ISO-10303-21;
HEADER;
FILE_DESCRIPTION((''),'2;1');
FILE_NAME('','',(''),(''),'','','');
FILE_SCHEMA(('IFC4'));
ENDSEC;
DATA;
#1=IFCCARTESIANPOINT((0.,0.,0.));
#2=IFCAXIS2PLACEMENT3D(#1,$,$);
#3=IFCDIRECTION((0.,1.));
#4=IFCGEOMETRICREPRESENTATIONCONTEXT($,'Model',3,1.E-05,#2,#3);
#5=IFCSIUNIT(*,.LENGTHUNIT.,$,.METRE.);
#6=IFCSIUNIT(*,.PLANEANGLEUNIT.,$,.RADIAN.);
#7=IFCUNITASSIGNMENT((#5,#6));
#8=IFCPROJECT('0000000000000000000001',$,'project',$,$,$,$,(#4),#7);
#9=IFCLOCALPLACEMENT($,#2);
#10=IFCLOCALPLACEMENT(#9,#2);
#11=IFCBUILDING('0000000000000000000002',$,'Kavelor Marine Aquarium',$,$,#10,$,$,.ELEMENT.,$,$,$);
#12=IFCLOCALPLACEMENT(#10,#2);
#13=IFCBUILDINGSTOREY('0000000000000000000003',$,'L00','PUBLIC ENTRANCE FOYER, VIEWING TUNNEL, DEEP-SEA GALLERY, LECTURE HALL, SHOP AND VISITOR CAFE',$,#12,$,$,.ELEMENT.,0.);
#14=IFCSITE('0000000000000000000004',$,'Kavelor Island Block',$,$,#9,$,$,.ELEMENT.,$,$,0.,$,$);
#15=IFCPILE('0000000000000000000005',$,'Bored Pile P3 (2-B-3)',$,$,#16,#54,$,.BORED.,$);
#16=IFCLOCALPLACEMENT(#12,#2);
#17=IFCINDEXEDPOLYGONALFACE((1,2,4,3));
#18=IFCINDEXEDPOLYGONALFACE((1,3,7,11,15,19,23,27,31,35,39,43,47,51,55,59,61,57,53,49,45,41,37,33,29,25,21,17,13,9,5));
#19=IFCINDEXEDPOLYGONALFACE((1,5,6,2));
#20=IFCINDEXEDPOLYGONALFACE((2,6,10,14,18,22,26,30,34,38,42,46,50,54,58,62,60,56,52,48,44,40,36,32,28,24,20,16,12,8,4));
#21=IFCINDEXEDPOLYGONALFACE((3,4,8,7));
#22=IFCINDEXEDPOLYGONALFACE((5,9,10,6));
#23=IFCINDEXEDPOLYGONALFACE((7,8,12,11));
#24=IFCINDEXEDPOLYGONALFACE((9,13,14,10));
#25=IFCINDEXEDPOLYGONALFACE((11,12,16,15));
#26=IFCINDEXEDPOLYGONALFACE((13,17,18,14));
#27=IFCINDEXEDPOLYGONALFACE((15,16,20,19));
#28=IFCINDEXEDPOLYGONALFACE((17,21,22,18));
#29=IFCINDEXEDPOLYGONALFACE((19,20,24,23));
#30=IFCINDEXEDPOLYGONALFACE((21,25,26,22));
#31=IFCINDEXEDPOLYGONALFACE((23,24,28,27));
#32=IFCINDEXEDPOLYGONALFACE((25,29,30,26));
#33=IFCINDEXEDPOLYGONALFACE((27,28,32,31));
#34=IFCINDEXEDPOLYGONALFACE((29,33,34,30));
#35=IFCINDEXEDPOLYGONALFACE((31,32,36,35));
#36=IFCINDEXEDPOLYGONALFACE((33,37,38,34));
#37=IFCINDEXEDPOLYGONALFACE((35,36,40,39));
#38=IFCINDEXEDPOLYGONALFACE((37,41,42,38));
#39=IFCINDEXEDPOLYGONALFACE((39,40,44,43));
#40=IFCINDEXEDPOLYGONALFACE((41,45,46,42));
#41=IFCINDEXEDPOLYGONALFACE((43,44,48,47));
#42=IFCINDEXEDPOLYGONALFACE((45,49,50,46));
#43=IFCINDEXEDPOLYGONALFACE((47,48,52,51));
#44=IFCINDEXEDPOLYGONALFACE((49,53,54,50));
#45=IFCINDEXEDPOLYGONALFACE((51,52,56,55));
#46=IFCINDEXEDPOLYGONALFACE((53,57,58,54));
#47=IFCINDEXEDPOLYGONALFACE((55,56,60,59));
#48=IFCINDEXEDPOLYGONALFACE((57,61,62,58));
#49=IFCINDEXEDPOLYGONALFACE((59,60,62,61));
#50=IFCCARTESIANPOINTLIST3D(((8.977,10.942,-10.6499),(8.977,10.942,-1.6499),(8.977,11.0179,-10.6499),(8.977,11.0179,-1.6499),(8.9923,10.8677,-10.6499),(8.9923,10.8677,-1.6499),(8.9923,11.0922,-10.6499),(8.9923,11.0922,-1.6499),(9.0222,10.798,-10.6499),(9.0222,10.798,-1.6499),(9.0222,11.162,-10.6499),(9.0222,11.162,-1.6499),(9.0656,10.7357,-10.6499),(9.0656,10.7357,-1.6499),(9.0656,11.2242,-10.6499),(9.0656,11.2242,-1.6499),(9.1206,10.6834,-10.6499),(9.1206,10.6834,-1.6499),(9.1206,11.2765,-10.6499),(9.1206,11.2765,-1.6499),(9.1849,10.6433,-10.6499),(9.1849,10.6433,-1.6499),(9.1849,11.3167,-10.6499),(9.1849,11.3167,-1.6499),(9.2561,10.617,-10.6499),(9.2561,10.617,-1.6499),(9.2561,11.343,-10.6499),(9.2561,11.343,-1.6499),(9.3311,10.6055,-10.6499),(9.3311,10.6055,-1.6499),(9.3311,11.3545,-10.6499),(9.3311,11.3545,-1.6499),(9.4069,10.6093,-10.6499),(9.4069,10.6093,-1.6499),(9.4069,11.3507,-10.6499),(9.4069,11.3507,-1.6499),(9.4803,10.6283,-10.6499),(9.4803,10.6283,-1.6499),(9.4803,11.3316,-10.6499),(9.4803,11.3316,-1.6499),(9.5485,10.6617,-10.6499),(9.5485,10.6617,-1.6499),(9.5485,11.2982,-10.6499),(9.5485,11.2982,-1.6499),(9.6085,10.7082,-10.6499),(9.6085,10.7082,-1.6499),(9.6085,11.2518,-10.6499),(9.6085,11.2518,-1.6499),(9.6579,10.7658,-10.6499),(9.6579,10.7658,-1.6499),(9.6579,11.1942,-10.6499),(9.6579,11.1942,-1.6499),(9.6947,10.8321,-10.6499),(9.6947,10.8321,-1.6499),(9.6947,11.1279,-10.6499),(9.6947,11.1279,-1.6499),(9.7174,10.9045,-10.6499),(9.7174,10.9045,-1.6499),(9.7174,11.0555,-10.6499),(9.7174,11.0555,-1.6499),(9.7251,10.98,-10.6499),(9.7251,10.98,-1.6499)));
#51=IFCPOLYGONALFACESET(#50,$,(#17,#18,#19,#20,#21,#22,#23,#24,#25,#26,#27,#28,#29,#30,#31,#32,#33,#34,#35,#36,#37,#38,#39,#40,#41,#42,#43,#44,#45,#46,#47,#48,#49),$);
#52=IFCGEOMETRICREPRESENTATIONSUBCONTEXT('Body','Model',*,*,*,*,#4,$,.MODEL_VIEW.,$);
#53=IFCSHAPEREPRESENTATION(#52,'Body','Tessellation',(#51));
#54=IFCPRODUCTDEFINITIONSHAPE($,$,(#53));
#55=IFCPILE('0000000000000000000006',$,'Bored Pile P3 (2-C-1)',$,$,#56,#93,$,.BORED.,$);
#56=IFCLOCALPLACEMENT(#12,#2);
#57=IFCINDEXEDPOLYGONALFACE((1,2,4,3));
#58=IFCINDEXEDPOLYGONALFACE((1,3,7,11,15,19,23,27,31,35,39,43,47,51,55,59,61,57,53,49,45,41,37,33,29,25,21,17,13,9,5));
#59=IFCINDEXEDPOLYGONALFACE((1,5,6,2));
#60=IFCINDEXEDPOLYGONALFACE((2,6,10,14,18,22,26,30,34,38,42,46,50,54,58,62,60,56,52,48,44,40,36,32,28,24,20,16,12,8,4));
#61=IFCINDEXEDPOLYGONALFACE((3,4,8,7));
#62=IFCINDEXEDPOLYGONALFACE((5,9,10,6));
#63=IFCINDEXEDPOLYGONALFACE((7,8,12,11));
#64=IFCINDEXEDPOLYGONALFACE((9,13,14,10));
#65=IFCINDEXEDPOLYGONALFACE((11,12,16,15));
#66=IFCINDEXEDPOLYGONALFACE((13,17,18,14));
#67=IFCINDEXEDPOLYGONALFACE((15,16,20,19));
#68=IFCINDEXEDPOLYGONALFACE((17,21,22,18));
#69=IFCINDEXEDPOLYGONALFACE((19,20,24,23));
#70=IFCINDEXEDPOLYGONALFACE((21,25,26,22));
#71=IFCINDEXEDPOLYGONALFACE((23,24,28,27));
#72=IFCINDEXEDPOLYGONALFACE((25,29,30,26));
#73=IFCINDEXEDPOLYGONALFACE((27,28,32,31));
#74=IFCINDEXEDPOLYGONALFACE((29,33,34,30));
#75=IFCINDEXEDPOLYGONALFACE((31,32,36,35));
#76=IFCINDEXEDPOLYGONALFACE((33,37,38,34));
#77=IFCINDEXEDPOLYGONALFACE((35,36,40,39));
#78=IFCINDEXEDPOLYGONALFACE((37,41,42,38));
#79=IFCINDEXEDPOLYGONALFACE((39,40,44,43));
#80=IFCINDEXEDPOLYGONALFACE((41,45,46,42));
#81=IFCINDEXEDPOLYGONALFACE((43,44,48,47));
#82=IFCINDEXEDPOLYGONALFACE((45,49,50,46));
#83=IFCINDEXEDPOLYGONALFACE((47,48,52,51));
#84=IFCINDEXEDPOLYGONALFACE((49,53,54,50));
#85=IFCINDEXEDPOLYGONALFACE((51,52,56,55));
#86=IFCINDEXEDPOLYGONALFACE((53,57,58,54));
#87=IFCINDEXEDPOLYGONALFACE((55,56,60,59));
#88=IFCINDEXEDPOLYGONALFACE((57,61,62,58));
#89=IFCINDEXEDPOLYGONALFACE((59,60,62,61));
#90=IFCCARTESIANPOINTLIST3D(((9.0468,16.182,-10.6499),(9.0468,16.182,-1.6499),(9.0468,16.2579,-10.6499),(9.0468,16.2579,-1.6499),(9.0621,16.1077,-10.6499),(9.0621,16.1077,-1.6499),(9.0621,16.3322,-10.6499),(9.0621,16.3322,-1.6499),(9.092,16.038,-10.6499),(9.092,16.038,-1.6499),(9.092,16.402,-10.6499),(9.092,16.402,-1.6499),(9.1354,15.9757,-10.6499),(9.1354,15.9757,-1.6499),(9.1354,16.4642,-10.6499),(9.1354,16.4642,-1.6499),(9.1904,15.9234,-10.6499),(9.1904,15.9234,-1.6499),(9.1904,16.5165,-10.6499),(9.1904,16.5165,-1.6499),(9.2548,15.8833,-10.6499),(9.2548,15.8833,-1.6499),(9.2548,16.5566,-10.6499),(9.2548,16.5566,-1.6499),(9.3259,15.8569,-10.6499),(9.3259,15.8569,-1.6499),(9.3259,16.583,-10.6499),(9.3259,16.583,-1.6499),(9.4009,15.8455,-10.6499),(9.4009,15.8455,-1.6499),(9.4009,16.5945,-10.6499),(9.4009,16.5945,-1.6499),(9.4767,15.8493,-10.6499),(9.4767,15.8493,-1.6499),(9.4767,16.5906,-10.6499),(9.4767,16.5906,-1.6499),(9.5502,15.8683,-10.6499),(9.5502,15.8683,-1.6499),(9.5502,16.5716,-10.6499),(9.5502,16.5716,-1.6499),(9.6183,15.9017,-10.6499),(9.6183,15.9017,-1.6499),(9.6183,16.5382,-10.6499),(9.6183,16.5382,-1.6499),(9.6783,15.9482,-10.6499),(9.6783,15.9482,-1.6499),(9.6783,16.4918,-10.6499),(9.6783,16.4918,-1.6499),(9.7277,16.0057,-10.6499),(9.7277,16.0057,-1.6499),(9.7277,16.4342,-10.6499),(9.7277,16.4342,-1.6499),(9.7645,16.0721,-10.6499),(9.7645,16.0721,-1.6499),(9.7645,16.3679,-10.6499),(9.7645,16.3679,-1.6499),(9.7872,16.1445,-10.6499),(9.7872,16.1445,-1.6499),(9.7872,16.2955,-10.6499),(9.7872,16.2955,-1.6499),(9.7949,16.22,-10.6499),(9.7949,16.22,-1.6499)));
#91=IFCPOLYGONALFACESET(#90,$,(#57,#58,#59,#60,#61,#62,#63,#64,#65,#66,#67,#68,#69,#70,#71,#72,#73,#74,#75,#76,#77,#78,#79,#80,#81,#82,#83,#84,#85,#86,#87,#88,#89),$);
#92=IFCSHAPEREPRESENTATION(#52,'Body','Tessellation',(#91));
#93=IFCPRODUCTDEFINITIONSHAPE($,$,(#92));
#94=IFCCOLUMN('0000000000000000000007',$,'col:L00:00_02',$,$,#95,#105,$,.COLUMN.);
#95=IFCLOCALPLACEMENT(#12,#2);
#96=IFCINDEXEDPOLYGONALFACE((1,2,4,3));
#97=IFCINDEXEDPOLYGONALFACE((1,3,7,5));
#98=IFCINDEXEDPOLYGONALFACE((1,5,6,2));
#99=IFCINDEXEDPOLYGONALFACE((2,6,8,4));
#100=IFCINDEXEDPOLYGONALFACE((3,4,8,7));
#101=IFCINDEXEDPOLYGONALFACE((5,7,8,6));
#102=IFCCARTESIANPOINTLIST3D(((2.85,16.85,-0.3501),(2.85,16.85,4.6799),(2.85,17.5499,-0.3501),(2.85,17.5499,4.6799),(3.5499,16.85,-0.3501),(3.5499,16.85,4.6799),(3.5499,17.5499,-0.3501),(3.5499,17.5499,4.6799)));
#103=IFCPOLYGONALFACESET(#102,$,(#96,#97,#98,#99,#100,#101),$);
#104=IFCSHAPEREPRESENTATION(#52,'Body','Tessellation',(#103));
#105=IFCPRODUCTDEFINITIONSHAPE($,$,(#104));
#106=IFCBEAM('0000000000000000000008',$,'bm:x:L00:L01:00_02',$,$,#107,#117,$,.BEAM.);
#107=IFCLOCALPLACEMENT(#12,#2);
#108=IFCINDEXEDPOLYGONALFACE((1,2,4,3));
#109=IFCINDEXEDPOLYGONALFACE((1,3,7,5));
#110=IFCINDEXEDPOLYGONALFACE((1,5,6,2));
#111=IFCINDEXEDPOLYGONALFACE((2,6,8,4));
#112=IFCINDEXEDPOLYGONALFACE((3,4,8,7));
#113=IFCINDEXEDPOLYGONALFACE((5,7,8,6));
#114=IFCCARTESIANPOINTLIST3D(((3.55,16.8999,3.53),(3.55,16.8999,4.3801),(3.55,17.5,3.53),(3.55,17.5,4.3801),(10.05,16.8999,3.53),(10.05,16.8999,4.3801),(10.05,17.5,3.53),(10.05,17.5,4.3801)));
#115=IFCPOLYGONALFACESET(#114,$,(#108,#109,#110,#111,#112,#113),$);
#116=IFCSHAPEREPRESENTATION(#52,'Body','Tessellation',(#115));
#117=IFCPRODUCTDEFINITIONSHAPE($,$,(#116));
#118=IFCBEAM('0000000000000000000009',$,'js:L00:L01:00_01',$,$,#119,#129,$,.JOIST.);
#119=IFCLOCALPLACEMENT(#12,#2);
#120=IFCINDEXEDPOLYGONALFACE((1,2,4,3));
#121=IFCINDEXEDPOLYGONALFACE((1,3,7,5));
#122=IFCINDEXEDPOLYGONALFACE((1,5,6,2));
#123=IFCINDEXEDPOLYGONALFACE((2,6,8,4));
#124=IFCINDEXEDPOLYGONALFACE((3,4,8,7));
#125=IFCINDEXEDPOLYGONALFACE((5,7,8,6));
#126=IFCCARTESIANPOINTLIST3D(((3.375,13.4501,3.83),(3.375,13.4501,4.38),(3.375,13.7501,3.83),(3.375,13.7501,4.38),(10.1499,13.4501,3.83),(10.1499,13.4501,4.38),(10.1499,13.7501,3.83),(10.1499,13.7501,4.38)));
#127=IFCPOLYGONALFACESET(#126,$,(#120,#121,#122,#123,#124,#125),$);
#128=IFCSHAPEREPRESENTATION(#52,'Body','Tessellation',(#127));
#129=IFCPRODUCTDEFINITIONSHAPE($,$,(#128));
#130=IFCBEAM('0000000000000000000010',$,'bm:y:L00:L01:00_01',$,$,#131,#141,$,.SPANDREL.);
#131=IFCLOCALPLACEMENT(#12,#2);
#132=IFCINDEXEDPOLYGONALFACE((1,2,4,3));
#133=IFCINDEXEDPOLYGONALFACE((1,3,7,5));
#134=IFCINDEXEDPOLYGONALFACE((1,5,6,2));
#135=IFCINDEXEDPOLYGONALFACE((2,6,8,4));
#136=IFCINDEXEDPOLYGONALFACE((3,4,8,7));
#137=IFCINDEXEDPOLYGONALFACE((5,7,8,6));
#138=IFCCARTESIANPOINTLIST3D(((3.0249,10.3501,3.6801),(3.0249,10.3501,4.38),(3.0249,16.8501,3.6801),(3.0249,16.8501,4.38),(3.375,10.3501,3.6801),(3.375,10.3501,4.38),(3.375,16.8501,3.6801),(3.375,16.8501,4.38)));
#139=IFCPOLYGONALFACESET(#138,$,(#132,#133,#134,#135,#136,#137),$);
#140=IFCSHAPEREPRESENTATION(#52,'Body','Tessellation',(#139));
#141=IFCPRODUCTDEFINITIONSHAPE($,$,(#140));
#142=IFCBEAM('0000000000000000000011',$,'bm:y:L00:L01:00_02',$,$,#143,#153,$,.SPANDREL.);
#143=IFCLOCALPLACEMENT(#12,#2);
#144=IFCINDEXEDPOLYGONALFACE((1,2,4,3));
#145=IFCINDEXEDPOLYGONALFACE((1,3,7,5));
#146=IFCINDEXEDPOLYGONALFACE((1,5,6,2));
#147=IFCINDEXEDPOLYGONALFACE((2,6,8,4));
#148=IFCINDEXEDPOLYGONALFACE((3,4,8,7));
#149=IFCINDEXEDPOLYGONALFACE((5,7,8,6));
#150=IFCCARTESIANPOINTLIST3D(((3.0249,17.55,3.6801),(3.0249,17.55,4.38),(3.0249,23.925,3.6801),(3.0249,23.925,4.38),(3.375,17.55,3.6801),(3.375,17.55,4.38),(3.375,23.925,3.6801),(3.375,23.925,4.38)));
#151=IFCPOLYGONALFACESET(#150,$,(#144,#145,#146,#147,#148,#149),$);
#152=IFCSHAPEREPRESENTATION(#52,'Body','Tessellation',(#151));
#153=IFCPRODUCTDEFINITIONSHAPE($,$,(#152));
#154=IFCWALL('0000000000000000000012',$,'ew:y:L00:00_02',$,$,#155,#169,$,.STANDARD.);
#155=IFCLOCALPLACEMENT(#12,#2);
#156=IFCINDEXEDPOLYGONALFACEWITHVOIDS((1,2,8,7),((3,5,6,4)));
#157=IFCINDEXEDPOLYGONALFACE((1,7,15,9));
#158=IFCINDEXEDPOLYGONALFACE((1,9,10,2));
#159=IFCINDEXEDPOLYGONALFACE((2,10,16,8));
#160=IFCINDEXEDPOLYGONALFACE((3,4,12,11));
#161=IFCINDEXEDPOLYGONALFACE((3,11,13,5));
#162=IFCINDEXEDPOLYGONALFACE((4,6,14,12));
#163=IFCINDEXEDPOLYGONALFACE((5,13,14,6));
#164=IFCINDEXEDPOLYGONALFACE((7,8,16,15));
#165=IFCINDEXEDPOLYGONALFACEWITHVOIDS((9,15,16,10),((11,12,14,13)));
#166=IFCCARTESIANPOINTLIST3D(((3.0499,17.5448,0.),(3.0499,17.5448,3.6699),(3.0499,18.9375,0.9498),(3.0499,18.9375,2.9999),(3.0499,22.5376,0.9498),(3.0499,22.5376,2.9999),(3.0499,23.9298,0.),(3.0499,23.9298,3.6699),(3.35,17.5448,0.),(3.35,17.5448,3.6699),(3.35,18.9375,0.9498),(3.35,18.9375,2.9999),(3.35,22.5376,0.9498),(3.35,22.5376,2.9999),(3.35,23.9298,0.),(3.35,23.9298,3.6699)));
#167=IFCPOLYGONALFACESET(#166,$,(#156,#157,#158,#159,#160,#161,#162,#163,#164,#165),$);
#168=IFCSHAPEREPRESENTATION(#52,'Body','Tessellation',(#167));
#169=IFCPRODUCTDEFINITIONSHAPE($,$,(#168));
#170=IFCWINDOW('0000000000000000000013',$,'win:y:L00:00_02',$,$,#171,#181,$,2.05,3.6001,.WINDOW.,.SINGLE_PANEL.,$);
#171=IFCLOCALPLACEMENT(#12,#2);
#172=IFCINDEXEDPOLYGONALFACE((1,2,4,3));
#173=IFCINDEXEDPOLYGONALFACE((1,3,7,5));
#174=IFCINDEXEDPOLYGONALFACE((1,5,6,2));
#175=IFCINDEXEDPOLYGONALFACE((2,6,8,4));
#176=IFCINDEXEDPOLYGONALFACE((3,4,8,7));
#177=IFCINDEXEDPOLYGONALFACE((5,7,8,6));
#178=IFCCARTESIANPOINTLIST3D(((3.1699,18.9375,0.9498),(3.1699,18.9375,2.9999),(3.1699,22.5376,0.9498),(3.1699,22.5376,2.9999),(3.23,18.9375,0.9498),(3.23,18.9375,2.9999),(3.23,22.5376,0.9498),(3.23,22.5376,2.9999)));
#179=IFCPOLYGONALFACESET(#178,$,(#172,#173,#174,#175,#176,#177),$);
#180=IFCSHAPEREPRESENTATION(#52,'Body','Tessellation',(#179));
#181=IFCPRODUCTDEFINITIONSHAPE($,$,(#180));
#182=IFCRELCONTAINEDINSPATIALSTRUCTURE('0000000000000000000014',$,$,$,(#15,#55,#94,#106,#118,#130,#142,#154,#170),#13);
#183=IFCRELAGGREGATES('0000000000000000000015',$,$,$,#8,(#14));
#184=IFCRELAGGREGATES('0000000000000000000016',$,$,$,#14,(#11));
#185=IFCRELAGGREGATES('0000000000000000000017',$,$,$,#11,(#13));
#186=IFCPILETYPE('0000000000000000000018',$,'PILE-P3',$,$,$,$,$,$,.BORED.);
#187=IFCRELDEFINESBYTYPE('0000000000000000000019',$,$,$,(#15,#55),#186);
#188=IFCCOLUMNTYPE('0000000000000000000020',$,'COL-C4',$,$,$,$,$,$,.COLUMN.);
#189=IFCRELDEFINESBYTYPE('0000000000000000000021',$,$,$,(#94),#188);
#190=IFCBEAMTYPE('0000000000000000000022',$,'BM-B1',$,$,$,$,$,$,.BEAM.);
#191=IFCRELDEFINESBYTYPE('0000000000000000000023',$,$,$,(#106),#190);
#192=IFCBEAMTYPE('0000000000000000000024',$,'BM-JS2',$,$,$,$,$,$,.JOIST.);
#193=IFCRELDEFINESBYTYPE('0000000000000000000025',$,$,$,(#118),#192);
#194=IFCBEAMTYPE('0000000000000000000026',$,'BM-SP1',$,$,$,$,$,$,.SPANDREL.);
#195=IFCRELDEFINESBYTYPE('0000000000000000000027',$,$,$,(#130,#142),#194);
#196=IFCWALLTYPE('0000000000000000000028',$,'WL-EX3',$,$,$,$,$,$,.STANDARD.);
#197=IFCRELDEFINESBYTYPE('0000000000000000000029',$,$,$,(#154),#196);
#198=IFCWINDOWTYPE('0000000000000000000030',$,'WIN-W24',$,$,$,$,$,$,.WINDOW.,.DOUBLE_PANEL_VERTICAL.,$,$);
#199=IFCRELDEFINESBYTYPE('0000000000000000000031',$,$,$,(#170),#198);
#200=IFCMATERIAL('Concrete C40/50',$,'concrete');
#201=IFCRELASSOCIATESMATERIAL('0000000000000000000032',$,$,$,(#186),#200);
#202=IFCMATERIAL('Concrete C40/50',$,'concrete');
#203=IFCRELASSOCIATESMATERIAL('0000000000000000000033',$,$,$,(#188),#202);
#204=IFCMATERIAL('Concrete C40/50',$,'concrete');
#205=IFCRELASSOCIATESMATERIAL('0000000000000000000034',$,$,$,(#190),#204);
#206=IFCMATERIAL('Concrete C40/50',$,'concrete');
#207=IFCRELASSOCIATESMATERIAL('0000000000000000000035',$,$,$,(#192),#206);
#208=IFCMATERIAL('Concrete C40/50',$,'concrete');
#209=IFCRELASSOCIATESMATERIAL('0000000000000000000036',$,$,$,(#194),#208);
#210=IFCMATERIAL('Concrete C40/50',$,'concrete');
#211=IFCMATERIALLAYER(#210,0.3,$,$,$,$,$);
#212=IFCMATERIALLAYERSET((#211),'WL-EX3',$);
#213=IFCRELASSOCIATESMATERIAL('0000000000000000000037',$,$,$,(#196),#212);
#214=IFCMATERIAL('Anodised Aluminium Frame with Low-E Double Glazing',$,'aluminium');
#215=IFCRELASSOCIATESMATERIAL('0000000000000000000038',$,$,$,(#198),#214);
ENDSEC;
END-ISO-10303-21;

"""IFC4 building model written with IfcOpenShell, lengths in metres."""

from ifc_helpers import new_model, si_unit, direction, frame, frame_2d, origin, origin_2d, place, context, subcontext, project, spatial, rectangle, circle, extrude, material, layer, layer_set, material_profile, profile_set, type_object, element, fill, save


model = new_model("IFC4")

# Units and contexts
model_context = context("Model", 3, precision=1e-05, world=origin(), true_north=direction((0.0, 1.0)))
body_context = subcontext(model_context, "Body", "Model", "MODEL_VIEW")
ifc_project = project(units=[si_unit("LENGTHUNIT", "METRE"), si_unit("PLANEANGLEUNIT", "RADIAN")], contexts=[model_context])

# Site, building, storey
site_placement = place(None, origin())
site = spatial("IfcSite", under=ifc_project, at=site_placement, Name="Kavelor Island Block", CompositionType="ELEMENT", RefElevation=0.0)
building_placement = place(site_placement, origin())
building = spatial("IfcBuilding", under=site, at=building_placement, Name="Kavelor Marine Aquarium", CompositionType="ELEMENT")
storey_placement = place(building_placement, origin())
storey = spatial("IfcBuildingStorey", under=building, at=storey_placement, Name="L00", Description="PUBLIC ENTRANCE FOYER, VIEWING TUNNEL, DEEP-SEA GALLERY, LECTURE HALL, SHOP AND VISITOR CAFE", CompositionType="ELEMENT", Elevation=0.0)

# Piles
ifc_material_1 = material(Name="Concrete C40/50", Category="concrete")
ifc_material_profile_1 = material_profile(ifc_material_1, circle(Radius=0.375, at=origin_2d()), Name="PILE D750")
ifc_profile_set_1 = profile_set([ifc_material_profile_1], Name="Concrete C40/50")
pile_type = type_object("IfcPileType", Name="PILE-P3", PredefinedType="BORED", material=ifc_profile_set_1)
for number, where, z_axis, x_axis, name in (
    (1, (9.3501, 10.98, -1.6499), (0.0, 0.0, -1.0), (1.0, 0.0, 0.0), "Bored Pile P3 (2-B-3)"),
    (2, (9.4199, 16.22, -1.6499), (0.0, 0.0, -1.0), (1.0, 0.0, 0.0), "Bored Pile P3 (2-C-1)"),
):
    element("IfcPile", number, at=place(storey_placement, frame(where, z_axis=z_axis, x_axis=x_axis)), inside=storey, type_object=pile_type, Name=name, PredefinedType="BORED", context=body_context, shape_type="SweptSolid", body=[
        extrude(circle(Radius=0.375, at=origin_2d()), origin(), (0.0, 0.0, 1.0), 9.0),
    ])

# Column
ifc_material_2 = material(Name="Concrete C40/50", Category="concrete")
ifc_material_profile_2 = material_profile(ifc_material_2, rectangle(XDim=0.7, YDim=0.7, at=origin_2d()), Name="RC-COL 700x700")
ifc_profile_set_2 = profile_set([ifc_material_profile_2], Name="Concrete C40/50")
column_type = type_object("IfcColumnType", Name="COL-C4", PredefinedType="COLUMN", material=ifc_profile_set_2)
column_placement = place(storey_placement, frame((3.2, 17.2, -0.3501), z_axis=(0.0, 0.0, 1.0), x_axis=(1.0, 0.0, 0.0)))
element("IfcColumn", 3, at=column_placement, inside=storey, type_object=column_type, Name="col:L00:00_02", PredefinedType="COLUMN", context=body_context, shape_type="SweptSolid", body=[
    extrude(rectangle(XDim=0.7, YDim=0.7, at=origin_2d()), origin(), (0.0, 0.0, 1.0), 5.03),
])

# Beams
ifc_material_3 = material(Name="Concrete C40/50", Category="concrete")
ifc_material_profile_3 = material_profile(ifc_material_3, rectangle(XDim=0.6001, YDim=0.8501, at=origin_2d()), Name="RC-BM 600x850")
ifc_profile_set_3 = profile_set([ifc_material_profile_3], Name="Concrete C40/50")
beam_type_1 = type_object("IfcBeamType", Name="BM-B1", PredefinedType="BEAM", material=ifc_profile_set_3)
beam_1_placement = place(storey_placement, frame((3.55, 17.2, 3.9551), z_axis=(1.0, 0.0, 0.0), x_axis=(0.0, 1.0, 0.0)))
element("IfcBeam", 4, at=beam_1_placement, inside=storey, type_object=beam_type_1, Name="bm:x:L00:L01:00_02", PredefinedType="BEAM", context=body_context, shape_type="SweptSolid", body=[
    extrude(rectangle(XDim=0.6001, YDim=0.8501, at=origin_2d()), origin(), (0.0, 0.0, 1.0), 6.5),
])
ifc_material_4 = material(Name="Concrete C40/50", Category="concrete")
ifc_material_profile_4 = material_profile(ifc_material_4, rectangle(XDim=0.3, YDim=0.55, at=origin_2d()), Name="RC-JS 300x550")
ifc_profile_set_4 = profile_set([ifc_material_profile_4], Name="Concrete C40/50")
beam_type_2 = type_object("IfcBeamType", Name="BM-JS2", PredefinedType="JOIST", material=ifc_profile_set_4)
beam_2_placement = place(storey_placement, frame((3.375, 13.6001, 4.105), z_axis=(1.0, 0.0, 0.0), x_axis=(0.0, 1.0, 0.0)))
element("IfcBeam", 5, at=beam_2_placement, inside=storey, type_object=beam_type_2, Name="js:L00:L01:00_01", PredefinedType="JOIST", context=body_context, shape_type="SweptSolid", body=[
    extrude(rectangle(XDim=0.3, YDim=0.55, at=origin_2d()), origin(), (0.0, 0.0, 1.0), 6.7749),
])
ifc_material_5 = material(Name="Concrete C40/50", Category="concrete")
ifc_material_profile_5 = material_profile(ifc_material_5, rectangle(XDim=0.3501, YDim=0.7, at=origin_2d()), Name="RC-SP 350x700")
ifc_profile_set_5 = profile_set([ifc_material_profile_5], Name="Concrete C40/50")
beam_type_3 = type_object("IfcBeamType", Name="BM-SP1", PredefinedType="SPANDREL", material=ifc_profile_set_5)
beam_3_placement = place(storey_placement, frame((3.2, 10.3501, 4.03), z_axis=(0.0, 1.0, 0.0), x_axis=(-1.0, 0.0, 0.0)))
element("IfcBeam", 6, at=beam_3_placement, inside=storey, type_object=beam_type_3, Name="bm:y:L00:L01:00_01", PredefinedType="SPANDREL", context=body_context, shape_type="SweptSolid", body=[
    extrude(rectangle(XDim=0.3501, YDim=0.7, at=origin_2d()), origin(), (0.0, 0.0, 1.0), 6.5),
])
beam_4_placement = place(storey_placement, frame((3.2, 17.55, 4.03), z_axis=(0.0, 1.0, 0.0), x_axis=(-1.0, 0.0, 0.0)))
element("IfcBeam", 7, at=beam_4_placement, inside=storey, type_object=beam_type_3, Name="bm:y:L00:L01:00_02", PredefinedType="SPANDREL", context=body_context, shape_type="SweptSolid", body=[
    extrude(rectangle(XDim=0.3501, YDim=0.7, at=origin_2d()), origin(), (0.0, 0.0, 1.0), 6.375),
])

# Wall, opening, window
ifc_material_6 = material(Name="Concrete C40/50", Category="concrete")
ifc_layer_1 = layer(ifc_material_6, 0.3)
ifc_layer_set_1 = layer_set([ifc_layer_1], Name="WL-EX3")
wall_type_1 = type_object("IfcWallType", Name="WL-EX3", PredefinedType="STANDARD", material=ifc_layer_set_1)
wall_1_placement = place(storey_placement, frame((3.2, 17.5449, 0.0), z_axis=(0.0, 0.0, 1.0), x_axis=(0.0, 1.0, 0.0)))
wall_1 = element("IfcWall", 8, at=wall_1_placement, inside=storey, type_object=wall_type_1, Name="ew:y:L00:00_02", PredefinedType="STANDARD", context=body_context, shape_type="SweptSolid", body=[
    extrude(rectangle(XDim=6.385, YDim=0.3, at=frame_2d((3.1924, 0.0))), origin(), (0.0, 0.0, 1.0), 3.6699),
])
opening_1_placement = place(wall_1_placement, frame((1.3926, 0.0, 0.95)))
opening_1 = element("IfcOpeningElement", 9, at=opening_1_placement, cuts=wall_1, PredefinedType="OPENING", context=body_context, shape_type="SweptSolid", body=[
    extrude(rectangle(XDim=3.6001, YDim=2.05, at=frame_2d((1.8, 1.0249))), frame((0.0, 0.1599, 0.0), z_axis=(0.0, -1.0, 0.0), x_axis=(1.0, 0.0, 0.0)), (0.0, 0.0, 1.0), 0.32),
])
ifc_material_7 = material(Name="Anodised Aluminium Frame with Low-E Double Glazing", Category="aluminium")
window_type = type_object("IfcWindowType", Name="WIN-W24", PartitioningType="DOUBLE_PANEL_VERTICAL", PredefinedType="WINDOW", material=ifc_material_7)
window_placement = place(opening_1_placement, origin())
window = element("IfcWindow", 10, at=window_placement, inside=storey, type_object=window_type, Name="win:y:L00:00_02", OverallHeight=2.05, OverallWidth=3.6001, PartitioningType="SINGLE_PANEL", PredefinedType="WINDOW", context=body_context, shape_type="SweptSolid", body=[
    extrude(rectangle(XDim=3.6001, YDim=2.05, at=frame_2d((1.8, 1.0249))), frame((0.0, 0.03, 0.0), z_axis=(0.0, -1.0, 0.0), x_axis=(1.0, 0.0, 0.0)), (0.0, 0.0, 1.0), 0.0601),
])
fill(opening_1, window)

save(model, "model.ifc")
